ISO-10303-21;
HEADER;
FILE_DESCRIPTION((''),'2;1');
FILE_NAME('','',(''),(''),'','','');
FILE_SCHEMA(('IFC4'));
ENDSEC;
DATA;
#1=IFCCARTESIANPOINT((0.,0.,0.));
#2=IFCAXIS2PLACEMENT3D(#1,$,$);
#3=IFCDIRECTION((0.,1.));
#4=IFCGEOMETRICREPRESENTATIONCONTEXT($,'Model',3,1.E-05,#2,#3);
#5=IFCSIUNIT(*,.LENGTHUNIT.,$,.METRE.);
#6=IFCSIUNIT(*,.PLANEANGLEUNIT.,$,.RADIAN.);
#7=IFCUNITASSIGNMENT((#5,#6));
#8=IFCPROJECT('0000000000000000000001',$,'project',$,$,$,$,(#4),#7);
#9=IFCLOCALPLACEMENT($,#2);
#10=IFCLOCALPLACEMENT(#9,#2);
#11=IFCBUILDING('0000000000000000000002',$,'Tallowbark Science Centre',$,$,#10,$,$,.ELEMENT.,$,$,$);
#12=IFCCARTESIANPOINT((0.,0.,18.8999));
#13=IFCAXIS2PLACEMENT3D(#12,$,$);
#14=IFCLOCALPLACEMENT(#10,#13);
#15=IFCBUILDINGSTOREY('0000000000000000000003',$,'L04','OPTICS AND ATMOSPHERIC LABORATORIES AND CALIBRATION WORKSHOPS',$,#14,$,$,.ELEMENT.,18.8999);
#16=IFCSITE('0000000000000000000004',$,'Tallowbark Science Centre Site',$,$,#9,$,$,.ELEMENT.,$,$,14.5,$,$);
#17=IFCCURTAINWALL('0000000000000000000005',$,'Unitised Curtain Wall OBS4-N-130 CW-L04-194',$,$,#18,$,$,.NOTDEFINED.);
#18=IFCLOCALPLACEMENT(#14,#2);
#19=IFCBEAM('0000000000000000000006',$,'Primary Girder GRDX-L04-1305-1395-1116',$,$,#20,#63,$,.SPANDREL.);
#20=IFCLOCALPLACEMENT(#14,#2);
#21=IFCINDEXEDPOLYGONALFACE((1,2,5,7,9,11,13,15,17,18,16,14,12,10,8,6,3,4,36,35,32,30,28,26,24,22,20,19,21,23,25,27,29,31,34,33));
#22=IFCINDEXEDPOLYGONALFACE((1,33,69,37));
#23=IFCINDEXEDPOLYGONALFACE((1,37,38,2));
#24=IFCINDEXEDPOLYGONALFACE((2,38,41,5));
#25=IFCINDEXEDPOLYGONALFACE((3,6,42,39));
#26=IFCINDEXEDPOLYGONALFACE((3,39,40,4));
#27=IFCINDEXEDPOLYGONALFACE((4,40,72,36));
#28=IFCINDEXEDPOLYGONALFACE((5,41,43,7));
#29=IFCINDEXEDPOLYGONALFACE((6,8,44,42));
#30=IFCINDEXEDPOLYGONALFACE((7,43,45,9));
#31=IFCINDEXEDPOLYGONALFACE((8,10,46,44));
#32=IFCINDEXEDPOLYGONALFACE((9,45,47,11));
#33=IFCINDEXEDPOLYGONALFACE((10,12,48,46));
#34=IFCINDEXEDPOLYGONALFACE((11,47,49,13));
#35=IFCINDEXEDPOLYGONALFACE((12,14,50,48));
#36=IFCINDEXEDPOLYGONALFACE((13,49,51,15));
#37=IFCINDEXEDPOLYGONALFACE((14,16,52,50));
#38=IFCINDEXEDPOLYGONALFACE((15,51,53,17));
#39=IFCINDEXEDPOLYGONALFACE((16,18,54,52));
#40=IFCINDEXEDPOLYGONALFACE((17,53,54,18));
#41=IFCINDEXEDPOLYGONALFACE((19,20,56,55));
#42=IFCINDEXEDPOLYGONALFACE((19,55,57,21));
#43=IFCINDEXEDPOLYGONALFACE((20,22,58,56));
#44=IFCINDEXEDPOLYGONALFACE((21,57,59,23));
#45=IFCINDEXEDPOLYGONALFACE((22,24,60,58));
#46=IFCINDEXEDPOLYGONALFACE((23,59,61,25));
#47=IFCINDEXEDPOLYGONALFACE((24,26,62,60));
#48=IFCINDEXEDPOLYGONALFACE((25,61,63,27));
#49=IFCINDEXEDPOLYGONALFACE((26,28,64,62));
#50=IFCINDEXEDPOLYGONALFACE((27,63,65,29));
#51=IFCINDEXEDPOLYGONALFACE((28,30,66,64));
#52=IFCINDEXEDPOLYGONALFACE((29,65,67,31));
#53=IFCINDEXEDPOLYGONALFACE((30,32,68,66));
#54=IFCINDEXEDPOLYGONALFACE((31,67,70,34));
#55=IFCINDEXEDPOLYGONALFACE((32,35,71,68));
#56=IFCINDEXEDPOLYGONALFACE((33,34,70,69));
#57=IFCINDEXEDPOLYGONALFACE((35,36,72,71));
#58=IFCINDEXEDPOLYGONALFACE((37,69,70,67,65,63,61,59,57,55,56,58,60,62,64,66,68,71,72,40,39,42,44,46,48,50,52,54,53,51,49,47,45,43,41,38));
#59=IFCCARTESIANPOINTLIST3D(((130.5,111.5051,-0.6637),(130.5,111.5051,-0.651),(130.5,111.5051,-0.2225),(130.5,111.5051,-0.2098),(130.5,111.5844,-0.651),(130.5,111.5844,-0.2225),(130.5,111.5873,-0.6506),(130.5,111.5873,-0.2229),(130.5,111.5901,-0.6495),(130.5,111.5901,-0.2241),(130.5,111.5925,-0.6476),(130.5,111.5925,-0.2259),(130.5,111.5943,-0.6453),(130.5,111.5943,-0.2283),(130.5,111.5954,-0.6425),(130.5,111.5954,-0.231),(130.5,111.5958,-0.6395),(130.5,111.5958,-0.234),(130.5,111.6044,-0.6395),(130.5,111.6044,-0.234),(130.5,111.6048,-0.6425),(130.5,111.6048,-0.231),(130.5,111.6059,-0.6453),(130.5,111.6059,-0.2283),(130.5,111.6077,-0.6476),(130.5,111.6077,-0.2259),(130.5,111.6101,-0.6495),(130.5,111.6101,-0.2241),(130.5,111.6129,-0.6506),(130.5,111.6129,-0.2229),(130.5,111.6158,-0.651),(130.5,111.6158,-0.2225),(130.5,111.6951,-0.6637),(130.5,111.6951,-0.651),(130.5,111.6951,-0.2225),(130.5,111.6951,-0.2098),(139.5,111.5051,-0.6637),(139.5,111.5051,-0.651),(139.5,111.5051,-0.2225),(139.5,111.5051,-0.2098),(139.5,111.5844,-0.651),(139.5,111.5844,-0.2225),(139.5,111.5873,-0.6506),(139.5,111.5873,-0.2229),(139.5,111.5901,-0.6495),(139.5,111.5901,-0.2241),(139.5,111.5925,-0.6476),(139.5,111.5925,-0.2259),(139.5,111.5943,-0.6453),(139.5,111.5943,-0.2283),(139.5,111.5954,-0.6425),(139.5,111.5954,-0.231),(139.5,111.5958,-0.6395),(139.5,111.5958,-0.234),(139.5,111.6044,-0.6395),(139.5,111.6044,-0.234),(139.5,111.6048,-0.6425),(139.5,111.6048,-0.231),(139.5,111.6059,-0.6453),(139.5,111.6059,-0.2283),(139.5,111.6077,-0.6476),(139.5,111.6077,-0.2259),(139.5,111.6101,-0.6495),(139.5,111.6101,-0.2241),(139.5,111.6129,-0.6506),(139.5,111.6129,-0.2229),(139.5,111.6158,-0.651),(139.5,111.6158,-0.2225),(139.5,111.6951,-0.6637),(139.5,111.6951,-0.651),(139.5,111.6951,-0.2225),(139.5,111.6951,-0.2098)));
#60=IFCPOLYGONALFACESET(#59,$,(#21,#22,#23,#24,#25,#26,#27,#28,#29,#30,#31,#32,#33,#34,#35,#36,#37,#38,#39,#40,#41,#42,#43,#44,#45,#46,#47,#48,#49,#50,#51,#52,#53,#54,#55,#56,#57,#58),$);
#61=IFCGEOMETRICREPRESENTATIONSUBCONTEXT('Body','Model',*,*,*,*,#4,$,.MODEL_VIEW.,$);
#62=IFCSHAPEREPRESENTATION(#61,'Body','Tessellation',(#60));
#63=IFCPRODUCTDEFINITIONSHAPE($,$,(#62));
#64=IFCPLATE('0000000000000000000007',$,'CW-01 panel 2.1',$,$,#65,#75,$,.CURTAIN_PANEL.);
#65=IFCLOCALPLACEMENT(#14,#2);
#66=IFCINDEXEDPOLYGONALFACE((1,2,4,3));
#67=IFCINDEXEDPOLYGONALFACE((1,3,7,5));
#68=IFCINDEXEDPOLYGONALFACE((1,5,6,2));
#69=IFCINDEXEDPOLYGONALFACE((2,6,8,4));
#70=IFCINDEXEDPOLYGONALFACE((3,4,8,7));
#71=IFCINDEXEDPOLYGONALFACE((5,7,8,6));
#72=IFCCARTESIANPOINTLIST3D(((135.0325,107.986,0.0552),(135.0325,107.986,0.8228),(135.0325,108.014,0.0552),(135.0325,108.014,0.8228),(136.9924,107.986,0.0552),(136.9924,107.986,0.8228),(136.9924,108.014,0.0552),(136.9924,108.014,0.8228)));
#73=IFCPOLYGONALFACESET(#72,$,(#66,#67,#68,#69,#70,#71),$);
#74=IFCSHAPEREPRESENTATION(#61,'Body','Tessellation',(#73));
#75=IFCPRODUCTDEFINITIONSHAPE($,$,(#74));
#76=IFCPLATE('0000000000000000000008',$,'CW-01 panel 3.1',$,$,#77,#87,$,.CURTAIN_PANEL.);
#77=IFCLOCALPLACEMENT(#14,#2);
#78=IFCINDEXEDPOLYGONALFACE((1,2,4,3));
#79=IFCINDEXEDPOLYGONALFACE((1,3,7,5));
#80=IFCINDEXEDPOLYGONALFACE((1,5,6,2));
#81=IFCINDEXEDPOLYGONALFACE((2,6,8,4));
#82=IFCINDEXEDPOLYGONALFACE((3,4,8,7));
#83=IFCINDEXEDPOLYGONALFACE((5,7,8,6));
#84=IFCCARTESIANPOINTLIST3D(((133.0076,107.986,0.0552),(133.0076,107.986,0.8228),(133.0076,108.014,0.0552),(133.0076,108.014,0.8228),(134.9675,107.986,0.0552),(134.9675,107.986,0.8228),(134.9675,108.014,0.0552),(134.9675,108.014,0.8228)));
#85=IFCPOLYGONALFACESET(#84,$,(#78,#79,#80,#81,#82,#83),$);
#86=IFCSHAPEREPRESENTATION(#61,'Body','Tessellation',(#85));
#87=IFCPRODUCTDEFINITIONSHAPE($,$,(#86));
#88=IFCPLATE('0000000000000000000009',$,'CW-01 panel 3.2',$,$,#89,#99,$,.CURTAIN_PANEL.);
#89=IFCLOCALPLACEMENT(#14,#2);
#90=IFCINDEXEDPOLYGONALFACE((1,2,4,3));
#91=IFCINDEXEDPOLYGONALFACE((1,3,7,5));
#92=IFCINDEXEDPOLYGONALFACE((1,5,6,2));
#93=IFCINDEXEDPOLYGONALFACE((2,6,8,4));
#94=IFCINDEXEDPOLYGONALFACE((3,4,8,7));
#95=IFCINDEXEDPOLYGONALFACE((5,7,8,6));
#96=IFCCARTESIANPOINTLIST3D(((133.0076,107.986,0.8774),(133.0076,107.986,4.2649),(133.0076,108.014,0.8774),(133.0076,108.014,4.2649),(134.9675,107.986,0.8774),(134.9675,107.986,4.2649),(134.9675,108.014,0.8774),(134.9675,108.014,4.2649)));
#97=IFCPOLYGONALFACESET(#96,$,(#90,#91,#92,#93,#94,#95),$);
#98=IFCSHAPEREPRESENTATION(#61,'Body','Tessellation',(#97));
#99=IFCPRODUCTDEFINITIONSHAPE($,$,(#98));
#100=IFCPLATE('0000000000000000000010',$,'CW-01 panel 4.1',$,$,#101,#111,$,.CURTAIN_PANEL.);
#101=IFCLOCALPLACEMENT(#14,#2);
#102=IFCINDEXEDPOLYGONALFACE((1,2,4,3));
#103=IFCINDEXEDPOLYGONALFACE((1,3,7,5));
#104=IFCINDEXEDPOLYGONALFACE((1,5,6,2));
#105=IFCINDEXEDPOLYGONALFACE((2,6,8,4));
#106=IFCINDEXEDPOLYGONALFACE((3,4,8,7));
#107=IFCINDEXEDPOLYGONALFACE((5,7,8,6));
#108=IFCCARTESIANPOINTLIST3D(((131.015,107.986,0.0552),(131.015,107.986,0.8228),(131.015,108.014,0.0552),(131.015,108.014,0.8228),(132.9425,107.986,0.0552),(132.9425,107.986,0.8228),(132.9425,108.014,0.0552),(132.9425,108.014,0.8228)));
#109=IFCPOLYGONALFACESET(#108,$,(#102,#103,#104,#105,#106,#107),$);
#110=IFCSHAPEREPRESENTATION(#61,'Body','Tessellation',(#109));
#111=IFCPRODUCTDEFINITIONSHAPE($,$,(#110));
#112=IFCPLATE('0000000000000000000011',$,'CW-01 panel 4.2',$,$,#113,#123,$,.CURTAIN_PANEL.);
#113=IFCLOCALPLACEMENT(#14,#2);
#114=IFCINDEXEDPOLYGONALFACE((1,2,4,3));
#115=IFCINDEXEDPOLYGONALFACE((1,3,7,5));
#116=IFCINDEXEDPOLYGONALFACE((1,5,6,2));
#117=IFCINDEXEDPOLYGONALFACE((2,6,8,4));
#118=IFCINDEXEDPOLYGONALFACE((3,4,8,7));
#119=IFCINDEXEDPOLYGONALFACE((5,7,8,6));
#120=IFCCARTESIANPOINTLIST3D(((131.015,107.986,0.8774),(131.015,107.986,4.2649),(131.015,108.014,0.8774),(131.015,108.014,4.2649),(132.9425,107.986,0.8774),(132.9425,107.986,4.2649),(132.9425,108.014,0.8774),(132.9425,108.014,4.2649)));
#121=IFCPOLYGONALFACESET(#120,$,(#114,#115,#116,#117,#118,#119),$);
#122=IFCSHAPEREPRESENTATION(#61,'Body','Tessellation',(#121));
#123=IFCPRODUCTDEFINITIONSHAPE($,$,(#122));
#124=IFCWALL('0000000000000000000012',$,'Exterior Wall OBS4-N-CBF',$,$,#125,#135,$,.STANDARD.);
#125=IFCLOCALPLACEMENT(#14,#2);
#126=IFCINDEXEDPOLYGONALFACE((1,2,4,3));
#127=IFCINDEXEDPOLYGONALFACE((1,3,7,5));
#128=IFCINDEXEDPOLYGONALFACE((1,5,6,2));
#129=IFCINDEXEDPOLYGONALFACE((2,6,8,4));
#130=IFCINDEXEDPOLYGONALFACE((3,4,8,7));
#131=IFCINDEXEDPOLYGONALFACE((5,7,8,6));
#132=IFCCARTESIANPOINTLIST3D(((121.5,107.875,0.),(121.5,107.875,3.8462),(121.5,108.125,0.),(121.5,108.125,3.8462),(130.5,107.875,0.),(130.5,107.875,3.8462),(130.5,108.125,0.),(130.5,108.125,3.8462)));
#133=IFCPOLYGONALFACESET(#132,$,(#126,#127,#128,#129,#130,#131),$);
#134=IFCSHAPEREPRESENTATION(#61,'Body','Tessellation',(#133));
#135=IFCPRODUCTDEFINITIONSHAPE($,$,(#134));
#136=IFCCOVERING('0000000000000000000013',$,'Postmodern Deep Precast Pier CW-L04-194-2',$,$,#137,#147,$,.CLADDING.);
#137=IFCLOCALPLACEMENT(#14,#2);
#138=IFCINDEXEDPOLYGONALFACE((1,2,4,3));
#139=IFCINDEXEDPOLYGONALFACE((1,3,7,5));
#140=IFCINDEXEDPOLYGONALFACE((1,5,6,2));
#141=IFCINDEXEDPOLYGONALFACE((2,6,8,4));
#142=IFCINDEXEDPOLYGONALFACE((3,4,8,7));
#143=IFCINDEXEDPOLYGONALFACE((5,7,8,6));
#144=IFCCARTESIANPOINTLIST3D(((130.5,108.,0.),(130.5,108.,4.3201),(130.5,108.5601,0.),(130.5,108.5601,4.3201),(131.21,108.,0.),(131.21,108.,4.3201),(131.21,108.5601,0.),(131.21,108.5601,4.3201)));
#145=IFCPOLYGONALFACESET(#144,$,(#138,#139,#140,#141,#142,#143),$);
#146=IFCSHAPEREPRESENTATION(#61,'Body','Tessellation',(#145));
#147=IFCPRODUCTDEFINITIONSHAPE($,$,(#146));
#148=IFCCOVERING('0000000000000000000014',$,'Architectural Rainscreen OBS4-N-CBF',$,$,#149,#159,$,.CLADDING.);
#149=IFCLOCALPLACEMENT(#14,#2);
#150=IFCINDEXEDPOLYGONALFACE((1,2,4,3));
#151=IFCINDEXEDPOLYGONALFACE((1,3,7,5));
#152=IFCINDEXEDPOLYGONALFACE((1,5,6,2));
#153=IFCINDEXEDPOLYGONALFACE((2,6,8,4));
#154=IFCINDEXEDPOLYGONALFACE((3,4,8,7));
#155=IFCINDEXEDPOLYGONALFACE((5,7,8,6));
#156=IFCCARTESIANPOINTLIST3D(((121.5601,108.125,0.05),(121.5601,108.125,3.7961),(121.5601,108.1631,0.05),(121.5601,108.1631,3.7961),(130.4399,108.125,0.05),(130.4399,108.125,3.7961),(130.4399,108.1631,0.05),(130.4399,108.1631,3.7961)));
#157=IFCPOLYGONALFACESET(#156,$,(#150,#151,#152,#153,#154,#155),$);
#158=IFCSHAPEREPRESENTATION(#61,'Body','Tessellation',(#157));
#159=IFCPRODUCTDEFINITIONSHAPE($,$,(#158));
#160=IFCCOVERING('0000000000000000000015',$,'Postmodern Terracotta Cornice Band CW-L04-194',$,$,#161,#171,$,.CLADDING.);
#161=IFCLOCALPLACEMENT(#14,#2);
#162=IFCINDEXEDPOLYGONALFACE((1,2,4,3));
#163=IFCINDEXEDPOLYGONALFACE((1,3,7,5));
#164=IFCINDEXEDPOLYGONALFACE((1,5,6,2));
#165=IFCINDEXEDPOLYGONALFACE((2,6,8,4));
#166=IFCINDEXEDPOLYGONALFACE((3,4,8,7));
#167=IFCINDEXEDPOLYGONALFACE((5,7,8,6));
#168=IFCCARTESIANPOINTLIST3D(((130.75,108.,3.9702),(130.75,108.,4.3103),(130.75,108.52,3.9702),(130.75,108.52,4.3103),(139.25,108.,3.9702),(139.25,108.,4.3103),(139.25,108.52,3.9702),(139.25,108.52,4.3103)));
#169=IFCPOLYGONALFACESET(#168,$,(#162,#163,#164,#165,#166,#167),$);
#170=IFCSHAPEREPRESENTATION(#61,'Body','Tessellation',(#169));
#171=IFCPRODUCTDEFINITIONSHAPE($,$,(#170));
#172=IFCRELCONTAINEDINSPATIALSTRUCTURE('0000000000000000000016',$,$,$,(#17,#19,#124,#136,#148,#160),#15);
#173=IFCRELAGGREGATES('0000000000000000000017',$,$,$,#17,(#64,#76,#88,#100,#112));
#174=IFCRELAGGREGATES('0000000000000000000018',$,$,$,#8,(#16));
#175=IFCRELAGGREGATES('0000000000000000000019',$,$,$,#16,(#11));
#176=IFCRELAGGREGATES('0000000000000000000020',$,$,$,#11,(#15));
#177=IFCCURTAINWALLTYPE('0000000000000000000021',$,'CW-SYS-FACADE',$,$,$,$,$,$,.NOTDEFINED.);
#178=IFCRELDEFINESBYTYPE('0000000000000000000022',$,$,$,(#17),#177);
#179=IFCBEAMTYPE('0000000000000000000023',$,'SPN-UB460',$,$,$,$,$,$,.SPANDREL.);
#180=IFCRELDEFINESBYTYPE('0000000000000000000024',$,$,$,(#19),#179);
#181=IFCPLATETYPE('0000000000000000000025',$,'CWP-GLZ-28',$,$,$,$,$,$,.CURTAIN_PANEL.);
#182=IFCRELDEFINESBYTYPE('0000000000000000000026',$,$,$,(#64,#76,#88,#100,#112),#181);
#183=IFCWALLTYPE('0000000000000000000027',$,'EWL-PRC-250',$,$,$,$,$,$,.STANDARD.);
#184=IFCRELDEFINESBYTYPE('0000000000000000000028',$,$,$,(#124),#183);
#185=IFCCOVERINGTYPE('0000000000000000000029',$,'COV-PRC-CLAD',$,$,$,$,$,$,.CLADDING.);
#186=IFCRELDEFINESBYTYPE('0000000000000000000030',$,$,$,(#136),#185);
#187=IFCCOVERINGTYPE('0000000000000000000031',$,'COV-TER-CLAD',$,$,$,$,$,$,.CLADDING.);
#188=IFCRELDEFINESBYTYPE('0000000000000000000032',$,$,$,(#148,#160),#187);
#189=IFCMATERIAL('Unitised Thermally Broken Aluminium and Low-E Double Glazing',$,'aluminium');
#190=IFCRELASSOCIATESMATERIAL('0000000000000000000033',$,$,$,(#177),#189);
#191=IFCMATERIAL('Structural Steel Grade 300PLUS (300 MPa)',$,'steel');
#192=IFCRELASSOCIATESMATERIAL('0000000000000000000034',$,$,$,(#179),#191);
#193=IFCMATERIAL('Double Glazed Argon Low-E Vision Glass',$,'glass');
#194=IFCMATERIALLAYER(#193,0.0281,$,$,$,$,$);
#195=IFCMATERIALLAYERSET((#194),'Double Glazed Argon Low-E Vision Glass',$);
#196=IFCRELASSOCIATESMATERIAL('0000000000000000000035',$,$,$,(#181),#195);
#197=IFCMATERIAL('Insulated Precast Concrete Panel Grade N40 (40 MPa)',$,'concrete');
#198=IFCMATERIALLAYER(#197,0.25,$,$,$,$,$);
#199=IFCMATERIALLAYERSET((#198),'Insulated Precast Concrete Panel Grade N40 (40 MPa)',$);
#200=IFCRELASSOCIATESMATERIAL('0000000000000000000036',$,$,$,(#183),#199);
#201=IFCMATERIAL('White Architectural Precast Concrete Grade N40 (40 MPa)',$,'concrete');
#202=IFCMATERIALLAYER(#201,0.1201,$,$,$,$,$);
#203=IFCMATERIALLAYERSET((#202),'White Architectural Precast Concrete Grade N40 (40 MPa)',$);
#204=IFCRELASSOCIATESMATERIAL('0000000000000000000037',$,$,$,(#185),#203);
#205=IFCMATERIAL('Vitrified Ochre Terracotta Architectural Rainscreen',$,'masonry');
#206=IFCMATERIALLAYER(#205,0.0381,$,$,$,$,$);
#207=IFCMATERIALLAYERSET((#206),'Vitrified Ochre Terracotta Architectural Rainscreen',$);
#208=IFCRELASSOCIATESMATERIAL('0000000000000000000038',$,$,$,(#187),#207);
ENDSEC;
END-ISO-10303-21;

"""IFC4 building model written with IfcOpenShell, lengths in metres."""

from ifc_helpers import new_model, si_unit, direction, frame, frame_2d, origin, origin_2d, place, context, subcontext, project, spatial, rectangle, i_section, extrude, material, layer, layer_set, material_profile, profile_set, type_object, element, aggregate, save


model = new_model("IFC4")

# Units and contexts
model_context = context("Model", 3, precision=1e-05, world=origin(), true_north=direction((0.0, 1.0)))
body_context = subcontext(model_context, "Body", "Model", "MODEL_VIEW")
ifc_project = project(units=[si_unit("LENGTHUNIT", "METRE"), si_unit("PLANEANGLEUNIT", "RADIAN")], contexts=[model_context])

# Site, building, storey
site_placement = place(None, origin())
site = spatial("IfcSite", under=ifc_project, at=site_placement, Name="Tallowbark Science Centre Site", CompositionType="ELEMENT", RefElevation=14.5)
building_placement = place(site_placement, origin())
building = spatial("IfcBuilding", under=site, at=building_placement, Name="Tallowbark Science Centre", CompositionType="ELEMENT")
storey_placement = place(building_placement, frame((0.0, 0.0, 18.8999)))
storey = spatial("IfcBuildingStorey", under=building, at=storey_placement, Name="L04", Description="OPTICS AND ATMOSPHERIC LABORATORIES AND CALIBRATION WORKSHOPS", CompositionType="ELEMENT", Elevation=18.8999)

# Shared definitions
ifc_material_1 = material(Name="Structural Steel Grade 300PLUS (300 MPa)", Category="steel")

# Curtain wall
ifc_material_2 = material(Name="Unitised Thermally Broken Aluminium and Low-E Double Glazing", Category="aluminium")
curtain_wall_type = type_object("IfcCurtainWallType", Name="CW-SYS-FACADE", PredefinedType="NOTDEFINED", material=ifc_material_2)
curtain_wall_placement = place(storey_placement, origin())
curtain_wall = element("IfcCurtainWall", 1, at=curtain_wall_placement, inside=storey, type_object=curtain_wall_type, Name="Unitised Curtain Wall OBS4-N-130 CW-L04-194", PredefinedType="NOTDEFINED")

# Beam
ifc_material_profile_1 = material_profile(ifc_material_1, i_section(OverallWidth=0.1899, OverallDepth=0.4539, WebThickness=0.0085, FlangeThickness=0.0127, FilletRadius=0.0115, at=origin_2d()), Name="460UB67.1")
ifc_profile_set_1 = profile_set([ifc_material_profile_1], Name="Structural Steel Grade 300PLUS (300 MPa)")
beam_type_1 = type_object("IfcBeamType", Name="SPN-UB460", PredefinedType="SPANDREL", material=ifc_profile_set_1)
for number, where, z_axis, x_axis, name in (
    (2, (130.5, 111.6001, -0.4368), (1.0, 0.0, 0.0), (0.0, 1.0, 0.0), "Primary Girder GRDX-L04-1305-1395-1116"),
):
    element("IfcBeam", number, at=place(storey_placement, frame(where, z_axis=z_axis, x_axis=x_axis)), inside=storey, type_object=beam_type_1, Name=name, PredefinedType="SPANDREL", context=body_context, shape_type="SweptSolid", body=[
        extrude(i_section(OverallWidth=0.1899, OverallDepth=0.4539, WebThickness=0.0085, FlangeThickness=0.0127, FilletRadius=0.0115, at=origin_2d()), origin(), (0.0, 0.0, 1.0), 9.0),
    ])

# Plates
ifc_material_3 = material(Name="Double Glazed Argon Low-E Vision Glass", Category="glass")
ifc_layer_1 = layer(ifc_material_3, 0.0281)
ifc_layer_set_1 = layer_set([ifc_layer_1], Name="Double Glazed Argon Low-E Vision Glass")
plate_type = type_object("IfcPlateType", Name="CWP-GLZ-28", PredefinedType="CURTAIN_PANEL", material=ifc_layer_set_1)
plate_1_placement = place(storey_placement, frame((136.0125, 108.0, 0.0552), z_axis=(0.0, 0.0, 1.0), x_axis=(-1.0, 0.0, 0.0)))
plate_1 = element("IfcPlate", 3, at=plate_1_placement, type_object=plate_type, Name="CW-01 panel 2.1", PredefinedType="CURTAIN_PANEL", context=body_context, shape_type="SweptSolid", body=[
    extrude(rectangle(XDim=1.96, YDim=0.0281, at=origin_2d()), origin(), (0.0, 0.0, 1.0), 0.7676),
])
plate_2_placement = place(storey_placement, frame((133.9875, 108.0, 0.0552), z_axis=(0.0, 0.0, 1.0), x_axis=(-1.0, 0.0, 0.0)))
plate_2 = element("IfcPlate", 4, at=plate_2_placement, type_object=plate_type, Name="CW-01 panel 3.1", PredefinedType="CURTAIN_PANEL", context=body_context, shape_type="SweptSolid", body=[
    extrude(rectangle(XDim=1.96, YDim=0.0281, at=origin_2d()), origin(), (0.0, 0.0, 1.0), 0.7676),
])
plate_3_placement = place(storey_placement, frame((133.9875, 108.0, 0.8774), z_axis=(0.0, 0.0, 1.0), x_axis=(-1.0, 0.0, 0.0)))
plate_3 = element("IfcPlate", 5, at=plate_3_placement, type_object=plate_type, Name="CW-01 panel 3.2", PredefinedType="CURTAIN_PANEL", context=body_context, shape_type="SweptSolid", body=[
    extrude(rectangle(XDim=1.96, YDim=0.0281, at=origin_2d()), origin(), (0.0, 0.0, 1.0), 3.3875),
])
plate_4_placement = place(storey_placement, frame((131.9788, 108.0, 0.0552), z_axis=(0.0, 0.0, 1.0), x_axis=(-1.0, 0.0, 0.0)))
plate_4 = element("IfcPlate", 6, at=plate_4_placement, type_object=plate_type, Name="CW-01 panel 4.1", PredefinedType="CURTAIN_PANEL", context=body_context, shape_type="SweptSolid", body=[
    extrude(rectangle(XDim=1.9275, YDim=0.0281, at=origin_2d()), origin(), (0.0, 0.0, 1.0), 0.7676),
])
plate_5_placement = place(storey_placement, frame((131.9788, 108.0, 0.8774), z_axis=(0.0, 0.0, 1.0), x_axis=(-1.0, 0.0, 0.0)))
plate_5 = element("IfcPlate", 7, at=plate_5_placement, type_object=plate_type, Name="CW-01 panel 4.2", PredefinedType="CURTAIN_PANEL", context=body_context, shape_type="SweptSolid", body=[
    extrude(rectangle(XDim=1.9275, YDim=0.0281, at=origin_2d()), origin(), (0.0, 0.0, 1.0), 3.3875),
])
aggregate(curtain_wall, [plate_1, plate_2, plate_3, plate_4, plate_5])

# Wall
ifc_material_4 = material(Name="Insulated Precast Concrete Panel Grade N40 (40 MPa)", Category="concrete")
ifc_layer_2 = layer(ifc_material_4, 0.25)
ifc_layer_set_2 = layer_set([ifc_layer_2], Name="Insulated Precast Concrete Panel Grade N40 (40 MPa)")
wall_type = type_object("IfcWallType", Name="EWL-PRC-250", PredefinedType="STANDARD", material=ifc_layer_set_2)
wall_placement = place(storey_placement, frame((130.5, 108.0, 0.0), z_axis=(0.0, 0.0, 1.0), x_axis=(-1.0, 0.0, 0.0)))
element("IfcWall", 8, at=wall_placement, inside=storey, type_object=wall_type, Name="Exterior Wall OBS4-N-CBF", PredefinedType="STANDARD", context=body_context, shape_type="SweptSolid", body=[
    extrude(rectangle(XDim=9.0, YDim=0.25, at=frame_2d((4.5, 0.0))), origin(), (0.0, 0.0, 1.0), 3.8462),
])

# Coverings
ifc_material_5 = material(Name="White Architectural Precast Concrete Grade N40 (40 MPa)", Category="concrete")
ifc_layer_3 = layer(ifc_material_5, 0.1201)
ifc_layer_set_3 = layer_set([ifc_layer_3], Name="White Architectural Precast Concrete Grade N40 (40 MPa)")
covering_type_1 = type_object("IfcCoveringType", Name="COV-PRC-CLAD", PredefinedType="CLADDING", material=ifc_layer_set_3)
covering_1_placement = place(storey_placement, frame((130.855, 108.28, 0.0), z_axis=(0.0, 0.0, 1.0), x_axis=(-1.0, 0.0, 0.0)))
element("IfcCovering", 9, at=covering_1_placement, inside=storey, type_object=covering_type_1, Name="Postmodern Deep Precast Pier CW-L04-194-2", PredefinedType="CLADDING", context=body_context, shape_type="SweptSolid", body=[
    extrude(rectangle(XDim=0.71, YDim=0.5601, at=origin_2d()), origin(), (0.0, 0.0, 1.0), 4.3201),
])
ifc_material_6 = material(Name="Vitrified Ochre Terracotta Architectural Rainscreen", Category="masonry")
ifc_layer_4 = layer(ifc_material_6, 0.0381)
ifc_layer_set_4 = layer_set([ifc_layer_4], Name="Vitrified Ochre Terracotta Architectural Rainscreen")
covering_type_2 = type_object("IfcCoveringType", Name="COV-TER-CLAD", PredefinedType="CLADDING", material=ifc_layer_set_4)
covering_2_placement = place(storey_placement, frame((126.0, 108.144, 0.05), z_axis=(0.0, 0.0, 1.0), x_axis=(-1.0, 0.0, 0.0)))
element("IfcCovering", 10, at=covering_2_placement, inside=storey, type_object=covering_type_2, Name="Architectural Rainscreen OBS4-N-CBF", PredefinedType="CLADDING", context=body_context, shape_type="SweptSolid", body=[
    extrude(rectangle(XDim=8.8799, YDim=0.0381, at=origin_2d()), origin(), (0.0, 0.0, 1.0), 3.7461),
])
covering_3_placement = place(storey_placement, frame((135.0, 108.26, 3.9702), z_axis=(0.0, 0.0, 1.0), x_axis=(-1.0, 0.0, 0.0)))
element("IfcCovering", 11, at=covering_3_placement, inside=storey, type_object=covering_type_2, Name="Postmodern Terracotta Cornice Band CW-L04-194", PredefinedType="CLADDING", context=body_context, shape_type="SweptSolid", body=[
    extrude(rectangle(XDim=8.5, YDim=0.52, at=origin_2d()), origin(), (0.0, 0.0, 1.0), 0.3401),
])

save(model, "model.ifc")
